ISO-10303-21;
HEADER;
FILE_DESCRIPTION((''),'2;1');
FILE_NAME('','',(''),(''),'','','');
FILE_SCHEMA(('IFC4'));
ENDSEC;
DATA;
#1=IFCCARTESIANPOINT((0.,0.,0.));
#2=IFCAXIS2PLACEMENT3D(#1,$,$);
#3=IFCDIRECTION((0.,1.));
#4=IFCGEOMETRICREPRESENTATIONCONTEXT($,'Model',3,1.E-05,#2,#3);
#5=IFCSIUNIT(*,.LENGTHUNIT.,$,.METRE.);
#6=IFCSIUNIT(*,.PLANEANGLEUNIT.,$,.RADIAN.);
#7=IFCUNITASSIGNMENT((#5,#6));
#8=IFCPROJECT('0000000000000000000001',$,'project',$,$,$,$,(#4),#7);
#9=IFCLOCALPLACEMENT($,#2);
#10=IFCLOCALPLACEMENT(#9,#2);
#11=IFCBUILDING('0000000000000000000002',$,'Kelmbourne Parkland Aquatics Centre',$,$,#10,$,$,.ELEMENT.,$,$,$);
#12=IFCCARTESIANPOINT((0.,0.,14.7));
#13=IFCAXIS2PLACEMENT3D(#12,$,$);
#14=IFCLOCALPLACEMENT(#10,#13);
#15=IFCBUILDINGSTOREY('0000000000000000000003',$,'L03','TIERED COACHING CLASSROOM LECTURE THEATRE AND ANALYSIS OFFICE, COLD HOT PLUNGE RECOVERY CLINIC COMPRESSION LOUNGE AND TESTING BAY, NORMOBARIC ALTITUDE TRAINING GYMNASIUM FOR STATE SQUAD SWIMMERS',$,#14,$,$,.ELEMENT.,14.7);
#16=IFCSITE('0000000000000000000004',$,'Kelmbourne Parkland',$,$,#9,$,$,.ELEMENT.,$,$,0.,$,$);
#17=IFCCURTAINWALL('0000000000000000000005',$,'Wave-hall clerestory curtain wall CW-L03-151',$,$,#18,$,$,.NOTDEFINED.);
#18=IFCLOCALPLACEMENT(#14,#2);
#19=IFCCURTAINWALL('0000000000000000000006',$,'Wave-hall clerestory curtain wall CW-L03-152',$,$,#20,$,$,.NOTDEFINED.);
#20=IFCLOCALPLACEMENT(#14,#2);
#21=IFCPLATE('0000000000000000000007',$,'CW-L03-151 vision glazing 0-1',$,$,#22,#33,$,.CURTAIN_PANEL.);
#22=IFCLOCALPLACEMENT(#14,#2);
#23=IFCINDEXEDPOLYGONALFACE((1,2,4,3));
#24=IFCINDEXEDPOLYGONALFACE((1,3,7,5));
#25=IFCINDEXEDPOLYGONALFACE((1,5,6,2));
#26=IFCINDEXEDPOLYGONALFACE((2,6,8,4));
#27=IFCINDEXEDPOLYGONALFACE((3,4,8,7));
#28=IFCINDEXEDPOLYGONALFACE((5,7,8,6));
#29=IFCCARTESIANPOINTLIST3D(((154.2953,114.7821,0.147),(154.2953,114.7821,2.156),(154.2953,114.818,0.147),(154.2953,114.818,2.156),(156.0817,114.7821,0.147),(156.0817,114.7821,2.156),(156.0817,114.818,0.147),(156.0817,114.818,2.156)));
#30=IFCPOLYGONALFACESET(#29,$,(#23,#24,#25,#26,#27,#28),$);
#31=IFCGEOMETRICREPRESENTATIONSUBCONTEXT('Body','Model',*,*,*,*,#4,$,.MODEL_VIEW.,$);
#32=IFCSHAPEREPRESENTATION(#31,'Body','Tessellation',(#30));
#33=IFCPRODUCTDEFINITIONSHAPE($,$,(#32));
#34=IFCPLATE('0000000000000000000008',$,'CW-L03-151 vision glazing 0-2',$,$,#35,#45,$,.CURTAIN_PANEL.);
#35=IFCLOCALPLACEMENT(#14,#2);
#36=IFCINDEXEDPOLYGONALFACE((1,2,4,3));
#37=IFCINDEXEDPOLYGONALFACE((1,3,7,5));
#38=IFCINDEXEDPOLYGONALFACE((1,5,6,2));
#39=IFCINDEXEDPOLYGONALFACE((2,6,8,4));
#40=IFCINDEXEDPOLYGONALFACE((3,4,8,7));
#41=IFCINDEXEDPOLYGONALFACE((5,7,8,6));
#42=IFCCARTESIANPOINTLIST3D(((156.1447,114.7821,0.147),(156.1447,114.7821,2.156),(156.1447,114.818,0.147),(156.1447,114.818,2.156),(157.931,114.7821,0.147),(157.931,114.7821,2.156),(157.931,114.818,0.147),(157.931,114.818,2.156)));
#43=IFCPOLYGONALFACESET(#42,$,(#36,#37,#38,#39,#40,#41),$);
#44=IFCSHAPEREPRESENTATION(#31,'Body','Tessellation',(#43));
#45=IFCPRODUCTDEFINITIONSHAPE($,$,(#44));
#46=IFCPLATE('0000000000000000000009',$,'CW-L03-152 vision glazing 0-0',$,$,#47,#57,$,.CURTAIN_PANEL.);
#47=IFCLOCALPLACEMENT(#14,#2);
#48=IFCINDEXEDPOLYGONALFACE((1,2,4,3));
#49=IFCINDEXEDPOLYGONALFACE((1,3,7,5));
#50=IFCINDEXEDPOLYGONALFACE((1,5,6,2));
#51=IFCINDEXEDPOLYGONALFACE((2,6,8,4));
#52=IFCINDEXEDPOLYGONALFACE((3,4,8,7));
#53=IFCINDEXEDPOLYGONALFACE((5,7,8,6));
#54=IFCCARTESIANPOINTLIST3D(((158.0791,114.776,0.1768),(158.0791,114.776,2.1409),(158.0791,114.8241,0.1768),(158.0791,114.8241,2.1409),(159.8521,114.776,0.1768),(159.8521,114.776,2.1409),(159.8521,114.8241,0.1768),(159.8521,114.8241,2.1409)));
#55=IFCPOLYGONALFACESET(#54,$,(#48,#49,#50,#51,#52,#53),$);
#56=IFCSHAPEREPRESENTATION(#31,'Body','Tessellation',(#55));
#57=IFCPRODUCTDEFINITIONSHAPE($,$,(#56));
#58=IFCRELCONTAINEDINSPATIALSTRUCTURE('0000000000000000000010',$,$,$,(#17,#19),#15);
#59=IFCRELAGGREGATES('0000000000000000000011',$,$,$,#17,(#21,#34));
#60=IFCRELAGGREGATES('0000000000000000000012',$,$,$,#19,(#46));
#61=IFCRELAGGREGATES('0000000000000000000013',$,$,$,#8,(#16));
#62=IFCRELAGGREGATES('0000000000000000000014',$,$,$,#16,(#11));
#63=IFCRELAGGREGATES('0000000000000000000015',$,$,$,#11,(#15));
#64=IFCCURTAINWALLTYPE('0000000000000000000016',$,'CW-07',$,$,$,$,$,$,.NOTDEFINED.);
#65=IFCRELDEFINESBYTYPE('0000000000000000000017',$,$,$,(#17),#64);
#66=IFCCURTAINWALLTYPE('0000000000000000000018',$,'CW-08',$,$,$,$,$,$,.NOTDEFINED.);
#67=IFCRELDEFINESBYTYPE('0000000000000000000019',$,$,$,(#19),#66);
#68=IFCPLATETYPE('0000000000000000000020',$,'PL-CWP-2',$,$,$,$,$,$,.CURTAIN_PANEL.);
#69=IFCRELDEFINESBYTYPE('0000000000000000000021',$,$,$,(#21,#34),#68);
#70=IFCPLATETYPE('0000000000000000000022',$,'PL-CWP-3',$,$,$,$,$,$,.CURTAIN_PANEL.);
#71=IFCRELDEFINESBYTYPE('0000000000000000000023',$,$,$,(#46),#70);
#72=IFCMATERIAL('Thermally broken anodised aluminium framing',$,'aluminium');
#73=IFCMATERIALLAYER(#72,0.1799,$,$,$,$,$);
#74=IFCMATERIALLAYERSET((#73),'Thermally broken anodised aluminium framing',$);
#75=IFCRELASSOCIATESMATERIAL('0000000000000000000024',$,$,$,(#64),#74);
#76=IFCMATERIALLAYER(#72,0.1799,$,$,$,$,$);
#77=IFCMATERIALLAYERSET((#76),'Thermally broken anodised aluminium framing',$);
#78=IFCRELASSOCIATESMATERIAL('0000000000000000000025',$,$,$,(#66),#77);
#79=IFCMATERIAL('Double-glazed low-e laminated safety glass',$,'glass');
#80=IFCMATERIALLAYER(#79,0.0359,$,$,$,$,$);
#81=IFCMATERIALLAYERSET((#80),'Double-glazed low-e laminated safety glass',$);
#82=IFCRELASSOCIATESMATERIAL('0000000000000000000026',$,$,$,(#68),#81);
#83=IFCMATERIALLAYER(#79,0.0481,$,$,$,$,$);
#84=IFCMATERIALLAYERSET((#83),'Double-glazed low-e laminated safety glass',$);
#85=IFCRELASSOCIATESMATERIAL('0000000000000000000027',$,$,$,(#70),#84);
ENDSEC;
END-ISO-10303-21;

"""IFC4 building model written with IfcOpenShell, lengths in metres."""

from ifc_helpers import new_model, si_unit, direction, frame, origin, origin_2d, place, context, subcontext, project, spatial, rectangle, extrude, material, layer, layer_set, type_object, element, aggregate, save


model = new_model("IFC4")

# Units and contexts
model_context = context("Model", 3, precision=1e-05, world=origin(), true_north=direction((0.0, 1.0)))
body_context = subcontext(model_context, "Body", "Model", "MODEL_VIEW")
ifc_project = project(units=[si_unit("LENGTHUNIT", "METRE"), si_unit("PLANEANGLEUNIT", "RADIAN")], contexts=[model_context])

# Site, building, storey
site_placement = place(None, origin())
site = spatial("IfcSite", under=ifc_project, at=site_placement, Name="Kelmbourne Parkland", CompositionType="ELEMENT", RefElevation=0.0)
building_placement = place(site_placement, origin())
building = spatial("IfcBuilding", under=site, at=building_placement, Name="Kelmbourne Parkland Aquatics Centre", CompositionType="ELEMENT")
storey_placement = place(building_placement, frame((0.0, 0.0, 14.7)))
storey = spatial("IfcBuildingStorey", under=building, at=storey_placement, Name="L03", Description="TIERED COACHING CLASSROOM LECTURE THEATRE AND ANALYSIS OFFICE, COLD HOT PLUNGE RECOVERY CLINIC COMPRESSION LOUNGE AND TESTING BAY, NORMOBARIC ALTITUDE TRAINING GYMNASIUM FOR STATE SQUAD SWIMMERS", CompositionType="ELEMENT", Elevation=14.7)

# Curtain walls
ifc_material_1 = material(Name="Thermally broken anodised aluminium framing", Category="aluminium")
ifc_layer_1 = layer(ifc_material_1, 0.1799)
ifc_layer_set_1 = layer_set([ifc_layer_1], Name="Thermally broken anodised aluminium framing")
curtain_wall_type_1 = type_object("IfcCurtainWallType", Name="CW-07", PredefinedType="NOTDEFINED", material=ifc_layer_set_1)
curtain_wall_1_placement = place(storey_placement, origin())
curtain_wall_1 = element("IfcCurtainWall", 1, at=curtain_wall_1_placement, inside=storey, type_object=curtain_wall_type_1, Name="Wave-hall clerestory curtain wall CW-L03-151", PredefinedType="NOTDEFINED")
ifc_layer_2 = layer(ifc_material_1, 0.1799)
ifc_layer_set_2 = layer_set([ifc_layer_2], Name="Thermally broken anodised aluminium framing")
curtain_wall_type_2 = type_object("IfcCurtainWallType", Name="CW-08", PredefinedType="NOTDEFINED", material=ifc_layer_set_2)
curtain_wall_2_placement = place(storey_placement, origin())
curtain_wall_2 = element("IfcCurtainWall", 2, at=curtain_wall_2_placement, inside=storey, type_object=curtain_wall_type_2, Name="Wave-hall clerestory curtain wall CW-L03-152", PredefinedType="NOTDEFINED")

# Plates
ifc_material_2 = material(Name="Double-glazed low-e laminated safety glass", Category="glass")
ifc_layer_3 = layer(ifc_material_2, 0.0359)
ifc_layer_set_3 = layer_set([ifc_layer_3], Name="Double-glazed low-e laminated safety glass")
plate_type_1 = type_object("IfcPlateType", Name="PL-CWP-2", PredefinedType="CURTAIN_PANEL", material=ifc_layer_set_3)
plate_1_placement = place(storey_placement, frame((155.1885, 114.8, 0.147), z_axis=(0.0, 0.0, 1.0), x_axis=(1.0, 0.0, 0.0)))
plate_1 = element("IfcPlate", 3, at=plate_1_placement, type_object=plate_type_1, Name="CW-L03-151 vision glazing 0-1", PredefinedType="CURTAIN_PANEL", context=body_context, shape_type="SweptSolid", body=[
    extrude(rectangle(XDim=1.7864, YDim=0.0359, at=origin_2d()), origin(), (0.0, 0.0, 1.0), 2.009),
])
plate_2_placement = place(storey_placement, frame((157.0378, 114.8, 0.147), z_axis=(0.0, 0.0, 1.0), x_axis=(1.0, 0.0, 0.0)))
plate_2 = element("IfcPlate", 4, at=plate_2_placement, type_object=plate_type_1, Name="CW-L03-151 vision glazing 0-2", PredefinedType="CURTAIN_PANEL", context=body_context, shape_type="SweptSolid", body=[
    extrude(rectangle(XDim=1.7864, YDim=0.0359, at=origin_2d()), origin(), (0.0, 0.0, 1.0), 2.009),
])
aggregate(curtain_wall_1, [plate_1, plate_2])
ifc_layer_4 = layer(ifc_material_2, 0.0481)
ifc_layer_set_4 = layer_set([ifc_layer_4], Name="Double-glazed low-e laminated safety glass")
plate_type_2 = type_object("IfcPlateType", Name="PL-CWP-3", PredefinedType="CURTAIN_PANEL", material=ifc_layer_set_4)
plate_3_placement = place(storey_placement, frame((158.9656, 114.8, 0.1768), z_axis=(0.0, 0.0, 1.0), x_axis=(1.0, 0.0, 0.0)))
plate_3 = element("IfcPlate", 5, at=plate_3_placement, type_object=plate_type_2, Name="CW-L03-152 vision glazing 0-0", PredefinedType="CURTAIN_PANEL", context=body_context, shape_type="SweptSolid", body=[
    extrude(rectangle(XDim=1.7729, YDim=0.0481, at=origin_2d()), origin(), (0.0, 0.0, 1.0), 1.9641),
])
aggregate(curtain_wall_2, [plate_3])

save(model, "model.ifc")
